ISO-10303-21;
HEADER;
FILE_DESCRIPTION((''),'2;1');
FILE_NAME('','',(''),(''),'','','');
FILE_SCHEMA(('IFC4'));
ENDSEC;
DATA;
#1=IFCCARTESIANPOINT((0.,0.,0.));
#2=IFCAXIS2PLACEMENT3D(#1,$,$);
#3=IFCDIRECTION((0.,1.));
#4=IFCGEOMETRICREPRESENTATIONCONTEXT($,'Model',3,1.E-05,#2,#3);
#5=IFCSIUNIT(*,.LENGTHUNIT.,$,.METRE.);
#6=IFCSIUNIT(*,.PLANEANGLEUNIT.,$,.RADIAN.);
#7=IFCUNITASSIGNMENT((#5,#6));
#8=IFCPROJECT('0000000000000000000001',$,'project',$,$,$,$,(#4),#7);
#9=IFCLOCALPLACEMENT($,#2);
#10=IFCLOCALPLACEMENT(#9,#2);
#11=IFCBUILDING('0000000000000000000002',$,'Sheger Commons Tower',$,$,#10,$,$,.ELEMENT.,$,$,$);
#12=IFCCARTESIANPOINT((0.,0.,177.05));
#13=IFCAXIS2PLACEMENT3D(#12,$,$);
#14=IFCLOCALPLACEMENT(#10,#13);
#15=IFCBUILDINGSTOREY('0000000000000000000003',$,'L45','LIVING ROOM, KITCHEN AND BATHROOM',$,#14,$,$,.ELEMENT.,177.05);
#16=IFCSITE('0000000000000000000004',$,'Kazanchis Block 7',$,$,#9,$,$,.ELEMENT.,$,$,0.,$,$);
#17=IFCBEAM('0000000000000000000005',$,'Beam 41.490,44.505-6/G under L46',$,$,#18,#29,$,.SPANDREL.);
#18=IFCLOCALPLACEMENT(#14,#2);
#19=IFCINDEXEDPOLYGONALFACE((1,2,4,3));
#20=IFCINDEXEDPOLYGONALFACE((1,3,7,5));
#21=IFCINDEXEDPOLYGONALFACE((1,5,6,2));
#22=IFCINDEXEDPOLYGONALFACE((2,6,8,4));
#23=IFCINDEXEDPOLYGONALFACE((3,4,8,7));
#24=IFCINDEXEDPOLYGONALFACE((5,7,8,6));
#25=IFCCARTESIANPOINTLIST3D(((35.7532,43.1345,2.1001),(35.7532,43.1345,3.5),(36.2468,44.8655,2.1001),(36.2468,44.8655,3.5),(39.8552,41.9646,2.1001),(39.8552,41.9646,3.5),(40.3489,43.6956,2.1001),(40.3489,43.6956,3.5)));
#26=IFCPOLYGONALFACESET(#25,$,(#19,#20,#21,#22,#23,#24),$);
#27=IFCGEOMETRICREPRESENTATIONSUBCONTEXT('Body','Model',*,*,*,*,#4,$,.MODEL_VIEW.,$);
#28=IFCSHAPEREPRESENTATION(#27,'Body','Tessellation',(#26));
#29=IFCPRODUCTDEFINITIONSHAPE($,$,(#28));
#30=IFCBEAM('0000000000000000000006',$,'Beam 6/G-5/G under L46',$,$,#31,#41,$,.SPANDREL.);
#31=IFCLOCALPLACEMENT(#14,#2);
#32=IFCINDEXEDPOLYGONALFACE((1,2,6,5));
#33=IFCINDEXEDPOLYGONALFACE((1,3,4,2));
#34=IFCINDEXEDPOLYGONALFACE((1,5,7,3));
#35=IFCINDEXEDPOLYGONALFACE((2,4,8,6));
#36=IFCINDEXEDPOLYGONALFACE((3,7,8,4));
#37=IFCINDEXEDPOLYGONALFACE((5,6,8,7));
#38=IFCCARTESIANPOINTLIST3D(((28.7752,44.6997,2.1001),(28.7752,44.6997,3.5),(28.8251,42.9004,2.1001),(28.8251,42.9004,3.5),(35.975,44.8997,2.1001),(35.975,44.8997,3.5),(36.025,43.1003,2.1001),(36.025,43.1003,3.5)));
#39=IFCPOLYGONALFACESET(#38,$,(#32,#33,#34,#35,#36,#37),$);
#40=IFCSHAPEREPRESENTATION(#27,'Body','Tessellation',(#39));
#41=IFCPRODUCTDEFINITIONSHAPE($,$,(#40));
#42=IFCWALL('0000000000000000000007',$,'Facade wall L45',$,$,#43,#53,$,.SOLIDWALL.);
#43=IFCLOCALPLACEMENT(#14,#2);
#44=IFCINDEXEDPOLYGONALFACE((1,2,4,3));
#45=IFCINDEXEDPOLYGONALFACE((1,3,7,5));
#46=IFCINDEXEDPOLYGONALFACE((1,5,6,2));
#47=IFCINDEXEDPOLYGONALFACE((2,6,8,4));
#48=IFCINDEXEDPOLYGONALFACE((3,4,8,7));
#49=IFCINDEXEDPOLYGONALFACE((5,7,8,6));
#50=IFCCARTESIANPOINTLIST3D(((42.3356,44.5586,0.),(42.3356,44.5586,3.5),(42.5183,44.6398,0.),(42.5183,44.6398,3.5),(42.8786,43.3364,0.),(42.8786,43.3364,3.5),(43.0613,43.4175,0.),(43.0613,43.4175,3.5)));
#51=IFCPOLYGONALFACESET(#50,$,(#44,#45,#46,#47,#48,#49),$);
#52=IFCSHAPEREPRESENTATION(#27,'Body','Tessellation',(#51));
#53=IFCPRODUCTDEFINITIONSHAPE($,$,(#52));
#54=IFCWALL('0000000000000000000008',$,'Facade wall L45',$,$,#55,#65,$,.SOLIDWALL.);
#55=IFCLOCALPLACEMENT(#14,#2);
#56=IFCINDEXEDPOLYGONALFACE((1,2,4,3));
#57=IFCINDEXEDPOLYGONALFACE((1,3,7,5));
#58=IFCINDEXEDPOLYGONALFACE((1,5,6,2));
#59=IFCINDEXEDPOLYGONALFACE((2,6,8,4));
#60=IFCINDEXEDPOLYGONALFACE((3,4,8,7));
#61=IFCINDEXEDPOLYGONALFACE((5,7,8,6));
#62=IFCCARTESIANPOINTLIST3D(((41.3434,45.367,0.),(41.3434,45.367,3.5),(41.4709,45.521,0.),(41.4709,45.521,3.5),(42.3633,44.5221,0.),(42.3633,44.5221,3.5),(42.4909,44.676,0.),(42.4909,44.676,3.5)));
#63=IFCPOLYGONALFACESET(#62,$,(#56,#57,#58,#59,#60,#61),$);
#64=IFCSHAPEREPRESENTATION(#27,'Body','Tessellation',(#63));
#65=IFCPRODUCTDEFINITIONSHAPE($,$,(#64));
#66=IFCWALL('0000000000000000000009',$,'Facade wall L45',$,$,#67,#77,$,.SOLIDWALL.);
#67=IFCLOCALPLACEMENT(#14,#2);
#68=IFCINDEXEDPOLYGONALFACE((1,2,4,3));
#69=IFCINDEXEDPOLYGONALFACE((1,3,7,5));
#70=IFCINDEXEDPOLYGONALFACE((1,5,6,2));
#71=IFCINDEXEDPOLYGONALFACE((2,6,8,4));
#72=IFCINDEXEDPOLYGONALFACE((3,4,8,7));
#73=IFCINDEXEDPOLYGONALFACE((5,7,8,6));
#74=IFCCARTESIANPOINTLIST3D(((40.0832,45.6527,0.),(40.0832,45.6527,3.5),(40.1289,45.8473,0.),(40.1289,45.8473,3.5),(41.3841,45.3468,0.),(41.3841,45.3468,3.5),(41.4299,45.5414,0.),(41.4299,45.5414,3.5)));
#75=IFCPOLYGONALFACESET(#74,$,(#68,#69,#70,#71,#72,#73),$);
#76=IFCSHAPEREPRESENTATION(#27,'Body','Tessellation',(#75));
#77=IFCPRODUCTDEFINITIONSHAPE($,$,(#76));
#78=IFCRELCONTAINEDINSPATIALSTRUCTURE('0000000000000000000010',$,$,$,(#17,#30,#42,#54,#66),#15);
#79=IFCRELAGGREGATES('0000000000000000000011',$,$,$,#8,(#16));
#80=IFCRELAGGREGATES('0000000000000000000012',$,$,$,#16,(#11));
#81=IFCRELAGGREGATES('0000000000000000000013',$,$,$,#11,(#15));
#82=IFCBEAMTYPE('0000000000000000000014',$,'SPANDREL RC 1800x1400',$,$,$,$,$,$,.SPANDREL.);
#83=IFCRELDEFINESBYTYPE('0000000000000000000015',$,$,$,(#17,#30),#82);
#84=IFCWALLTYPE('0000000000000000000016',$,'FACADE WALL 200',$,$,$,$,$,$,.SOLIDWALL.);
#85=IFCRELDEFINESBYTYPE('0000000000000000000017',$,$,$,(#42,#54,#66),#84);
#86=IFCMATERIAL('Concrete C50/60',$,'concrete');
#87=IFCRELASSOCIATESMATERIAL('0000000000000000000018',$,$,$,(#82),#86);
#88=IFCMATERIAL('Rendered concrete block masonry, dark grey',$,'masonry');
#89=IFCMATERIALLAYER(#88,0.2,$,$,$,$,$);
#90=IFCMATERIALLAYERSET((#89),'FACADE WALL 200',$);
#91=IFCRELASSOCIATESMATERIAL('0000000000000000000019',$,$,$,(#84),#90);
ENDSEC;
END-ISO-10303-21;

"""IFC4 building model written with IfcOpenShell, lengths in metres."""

from ifc_helpers import new_model, si_unit, direction, frame, frame_2d, origin, origin_2d, place, context, subcontext, project, spatial, rectangle, extrude, material, layer, layer_set, material_profile, profile_set, type_object, element, save


model = new_model("IFC4")

# Units and contexts
model_context = context("Model", 3, precision=1e-05, world=origin(), true_north=direction((0.0, 1.0)))
body_context = subcontext(model_context, "Body", "Model", "MODEL_VIEW")
ifc_project = project(units=[si_unit("LENGTHUNIT", "METRE"), si_unit("PLANEANGLEUNIT", "RADIAN")], contexts=[model_context])

# Site, building, storey
site_placement = place(None, origin())
site = spatial("IfcSite", under=ifc_project, at=site_placement, Name="Kazanchis Block 7", CompositionType="ELEMENT", RefElevation=0.0)
building_placement = place(site_placement, origin())
building = spatial("IfcBuilding", under=site, at=building_placement, Name="Sheger Commons Tower", CompositionType="ELEMENT")
storey_placement = place(building_placement, frame((0.0, 0.0, 177.05)))
storey = spatial("IfcBuildingStorey", under=building, at=storey_placement, Name="L45", Description="LIVING ROOM, KITCHEN AND BATHROOM", CompositionType="ELEMENT", Elevation=177.05)

# Beams
ifc_material_1 = material(Name="Concrete C50/60", Category="concrete")
ifc_material_profile = material_profile(ifc_material_1, rectangle(XDim=1.8, YDim=1.3999, at=origin_2d()), Name="RC 1800x1400")
ifc_profile_set = profile_set([ifc_material_profile], Name="Concrete C50/60")
beam_type = type_object("IfcBeamType", Name="SPANDREL RC 1800x1400", PredefinedType="SPANDREL", material=ifc_profile_set)
beam_1_placement = place(storey_placement, frame((40.1021, 42.8301, 2.8), z_axis=(-0.961653, 0.274268, 0.0), x_axis=(-0.274268, -0.961653, 0.0)))
element("IfcBeam", 1, at=beam_1_placement, inside=storey, type_object=beam_type, Name="Beam 41.490,44.505-6/G under L46", PredefinedType="SPANDREL", context=body_context, shape_type="SweptSolid", body=[
    extrude(rectangle(XDim=1.8, YDim=1.3999, at=origin_2d()), origin(), (0.0, 0.0, 1.0), 4.2656),
])
beam_2_placement = place(storey_placement, frame((36.0, 44.0, 2.8), z_axis=(-0.999615, -0.02776, 0.0), x_axis=(0.02776, -0.999615, 0.0)))
element("IfcBeam", 2, at=beam_2_placement, inside=storey, type_object=beam_type, Name="Beam 6/G-5/G under L46", PredefinedType="SPANDREL", context=body_context, shape_type="SweptSolid", body=[
    extrude(rectangle(XDim=1.8, YDim=1.3999, at=origin_2d()), origin(), (0.0, 0.0, 1.0), 7.2026),
])

# Walls
ifc_material_2 = material(Name="Rendered concrete block masonry, dark grey", Category="masonry")
ifc_layer_1 = layer(ifc_material_2, 0.2)
ifc_layer_set_1 = layer_set([ifc_layer_1], Name="FACADE WALL 200")
wall_type_1 = type_object("IfcWallType", Name="FACADE WALL 200", PredefinedType="SOLIDWALL", material=ifc_layer_set_1)
wall_1_placement = place(storey_placement, frame((42.97, 43.377, 0.0), z_axis=(0.0, 0.0, 1.0), x_axis=(-0.406003, 0.913872, 0.0)))
element("IfcWall", 3, at=wall_1_placement, inside=storey, type_object=wall_type_1, Name="Facade wall L45", PredefinedType="SOLIDWALL", context=body_context, shape_type="SweptSolid", body=[
    extrude(rectangle(XDim=1.3374, YDim=0.2, at=frame_2d((0.6687, 0.0))), origin(), (0.0, 0.0, 1.0), 3.5),
])
wall_2_placement = place(storey_placement, frame((42.427, 44.5991, 0.0), z_axis=(0.0, 0.0, 1.0), x_axis=(-0.770091, 0.637934, 0.0)))
element("IfcWall", 4, at=wall_2_placement, inside=storey, type_object=wall_type_1, Name="Facade wall L45", PredefinedType="SOLIDWALL", context=body_context, shape_type="SweptSolid", body=[
    extrude(rectangle(XDim=1.3245, YDim=0.2, at=frame_2d((0.6621, 0.0))), origin(), (0.0, 0.0, 1.0), 3.5),
])
wall_3_placement = place(storey_placement, frame((41.407, 45.4441, 0.0), z_axis=(0.0, 0.0, 1.0), x_axis=(-0.973453, 0.228887, 0.0)))
element("IfcWall", 5, at=wall_3_placement, inside=storey, type_object=wall_type_1, Name="Facade wall L45", PredefinedType="SOLIDWALL", context=body_context, shape_type="SweptSolid", body=[
    extrude(rectangle(XDim=1.3364, YDim=0.2, at=frame_2d((0.6682, 0.0))), origin(), (0.0, 0.0, 1.0), 3.5),
])

save(model, "model.ifc")
